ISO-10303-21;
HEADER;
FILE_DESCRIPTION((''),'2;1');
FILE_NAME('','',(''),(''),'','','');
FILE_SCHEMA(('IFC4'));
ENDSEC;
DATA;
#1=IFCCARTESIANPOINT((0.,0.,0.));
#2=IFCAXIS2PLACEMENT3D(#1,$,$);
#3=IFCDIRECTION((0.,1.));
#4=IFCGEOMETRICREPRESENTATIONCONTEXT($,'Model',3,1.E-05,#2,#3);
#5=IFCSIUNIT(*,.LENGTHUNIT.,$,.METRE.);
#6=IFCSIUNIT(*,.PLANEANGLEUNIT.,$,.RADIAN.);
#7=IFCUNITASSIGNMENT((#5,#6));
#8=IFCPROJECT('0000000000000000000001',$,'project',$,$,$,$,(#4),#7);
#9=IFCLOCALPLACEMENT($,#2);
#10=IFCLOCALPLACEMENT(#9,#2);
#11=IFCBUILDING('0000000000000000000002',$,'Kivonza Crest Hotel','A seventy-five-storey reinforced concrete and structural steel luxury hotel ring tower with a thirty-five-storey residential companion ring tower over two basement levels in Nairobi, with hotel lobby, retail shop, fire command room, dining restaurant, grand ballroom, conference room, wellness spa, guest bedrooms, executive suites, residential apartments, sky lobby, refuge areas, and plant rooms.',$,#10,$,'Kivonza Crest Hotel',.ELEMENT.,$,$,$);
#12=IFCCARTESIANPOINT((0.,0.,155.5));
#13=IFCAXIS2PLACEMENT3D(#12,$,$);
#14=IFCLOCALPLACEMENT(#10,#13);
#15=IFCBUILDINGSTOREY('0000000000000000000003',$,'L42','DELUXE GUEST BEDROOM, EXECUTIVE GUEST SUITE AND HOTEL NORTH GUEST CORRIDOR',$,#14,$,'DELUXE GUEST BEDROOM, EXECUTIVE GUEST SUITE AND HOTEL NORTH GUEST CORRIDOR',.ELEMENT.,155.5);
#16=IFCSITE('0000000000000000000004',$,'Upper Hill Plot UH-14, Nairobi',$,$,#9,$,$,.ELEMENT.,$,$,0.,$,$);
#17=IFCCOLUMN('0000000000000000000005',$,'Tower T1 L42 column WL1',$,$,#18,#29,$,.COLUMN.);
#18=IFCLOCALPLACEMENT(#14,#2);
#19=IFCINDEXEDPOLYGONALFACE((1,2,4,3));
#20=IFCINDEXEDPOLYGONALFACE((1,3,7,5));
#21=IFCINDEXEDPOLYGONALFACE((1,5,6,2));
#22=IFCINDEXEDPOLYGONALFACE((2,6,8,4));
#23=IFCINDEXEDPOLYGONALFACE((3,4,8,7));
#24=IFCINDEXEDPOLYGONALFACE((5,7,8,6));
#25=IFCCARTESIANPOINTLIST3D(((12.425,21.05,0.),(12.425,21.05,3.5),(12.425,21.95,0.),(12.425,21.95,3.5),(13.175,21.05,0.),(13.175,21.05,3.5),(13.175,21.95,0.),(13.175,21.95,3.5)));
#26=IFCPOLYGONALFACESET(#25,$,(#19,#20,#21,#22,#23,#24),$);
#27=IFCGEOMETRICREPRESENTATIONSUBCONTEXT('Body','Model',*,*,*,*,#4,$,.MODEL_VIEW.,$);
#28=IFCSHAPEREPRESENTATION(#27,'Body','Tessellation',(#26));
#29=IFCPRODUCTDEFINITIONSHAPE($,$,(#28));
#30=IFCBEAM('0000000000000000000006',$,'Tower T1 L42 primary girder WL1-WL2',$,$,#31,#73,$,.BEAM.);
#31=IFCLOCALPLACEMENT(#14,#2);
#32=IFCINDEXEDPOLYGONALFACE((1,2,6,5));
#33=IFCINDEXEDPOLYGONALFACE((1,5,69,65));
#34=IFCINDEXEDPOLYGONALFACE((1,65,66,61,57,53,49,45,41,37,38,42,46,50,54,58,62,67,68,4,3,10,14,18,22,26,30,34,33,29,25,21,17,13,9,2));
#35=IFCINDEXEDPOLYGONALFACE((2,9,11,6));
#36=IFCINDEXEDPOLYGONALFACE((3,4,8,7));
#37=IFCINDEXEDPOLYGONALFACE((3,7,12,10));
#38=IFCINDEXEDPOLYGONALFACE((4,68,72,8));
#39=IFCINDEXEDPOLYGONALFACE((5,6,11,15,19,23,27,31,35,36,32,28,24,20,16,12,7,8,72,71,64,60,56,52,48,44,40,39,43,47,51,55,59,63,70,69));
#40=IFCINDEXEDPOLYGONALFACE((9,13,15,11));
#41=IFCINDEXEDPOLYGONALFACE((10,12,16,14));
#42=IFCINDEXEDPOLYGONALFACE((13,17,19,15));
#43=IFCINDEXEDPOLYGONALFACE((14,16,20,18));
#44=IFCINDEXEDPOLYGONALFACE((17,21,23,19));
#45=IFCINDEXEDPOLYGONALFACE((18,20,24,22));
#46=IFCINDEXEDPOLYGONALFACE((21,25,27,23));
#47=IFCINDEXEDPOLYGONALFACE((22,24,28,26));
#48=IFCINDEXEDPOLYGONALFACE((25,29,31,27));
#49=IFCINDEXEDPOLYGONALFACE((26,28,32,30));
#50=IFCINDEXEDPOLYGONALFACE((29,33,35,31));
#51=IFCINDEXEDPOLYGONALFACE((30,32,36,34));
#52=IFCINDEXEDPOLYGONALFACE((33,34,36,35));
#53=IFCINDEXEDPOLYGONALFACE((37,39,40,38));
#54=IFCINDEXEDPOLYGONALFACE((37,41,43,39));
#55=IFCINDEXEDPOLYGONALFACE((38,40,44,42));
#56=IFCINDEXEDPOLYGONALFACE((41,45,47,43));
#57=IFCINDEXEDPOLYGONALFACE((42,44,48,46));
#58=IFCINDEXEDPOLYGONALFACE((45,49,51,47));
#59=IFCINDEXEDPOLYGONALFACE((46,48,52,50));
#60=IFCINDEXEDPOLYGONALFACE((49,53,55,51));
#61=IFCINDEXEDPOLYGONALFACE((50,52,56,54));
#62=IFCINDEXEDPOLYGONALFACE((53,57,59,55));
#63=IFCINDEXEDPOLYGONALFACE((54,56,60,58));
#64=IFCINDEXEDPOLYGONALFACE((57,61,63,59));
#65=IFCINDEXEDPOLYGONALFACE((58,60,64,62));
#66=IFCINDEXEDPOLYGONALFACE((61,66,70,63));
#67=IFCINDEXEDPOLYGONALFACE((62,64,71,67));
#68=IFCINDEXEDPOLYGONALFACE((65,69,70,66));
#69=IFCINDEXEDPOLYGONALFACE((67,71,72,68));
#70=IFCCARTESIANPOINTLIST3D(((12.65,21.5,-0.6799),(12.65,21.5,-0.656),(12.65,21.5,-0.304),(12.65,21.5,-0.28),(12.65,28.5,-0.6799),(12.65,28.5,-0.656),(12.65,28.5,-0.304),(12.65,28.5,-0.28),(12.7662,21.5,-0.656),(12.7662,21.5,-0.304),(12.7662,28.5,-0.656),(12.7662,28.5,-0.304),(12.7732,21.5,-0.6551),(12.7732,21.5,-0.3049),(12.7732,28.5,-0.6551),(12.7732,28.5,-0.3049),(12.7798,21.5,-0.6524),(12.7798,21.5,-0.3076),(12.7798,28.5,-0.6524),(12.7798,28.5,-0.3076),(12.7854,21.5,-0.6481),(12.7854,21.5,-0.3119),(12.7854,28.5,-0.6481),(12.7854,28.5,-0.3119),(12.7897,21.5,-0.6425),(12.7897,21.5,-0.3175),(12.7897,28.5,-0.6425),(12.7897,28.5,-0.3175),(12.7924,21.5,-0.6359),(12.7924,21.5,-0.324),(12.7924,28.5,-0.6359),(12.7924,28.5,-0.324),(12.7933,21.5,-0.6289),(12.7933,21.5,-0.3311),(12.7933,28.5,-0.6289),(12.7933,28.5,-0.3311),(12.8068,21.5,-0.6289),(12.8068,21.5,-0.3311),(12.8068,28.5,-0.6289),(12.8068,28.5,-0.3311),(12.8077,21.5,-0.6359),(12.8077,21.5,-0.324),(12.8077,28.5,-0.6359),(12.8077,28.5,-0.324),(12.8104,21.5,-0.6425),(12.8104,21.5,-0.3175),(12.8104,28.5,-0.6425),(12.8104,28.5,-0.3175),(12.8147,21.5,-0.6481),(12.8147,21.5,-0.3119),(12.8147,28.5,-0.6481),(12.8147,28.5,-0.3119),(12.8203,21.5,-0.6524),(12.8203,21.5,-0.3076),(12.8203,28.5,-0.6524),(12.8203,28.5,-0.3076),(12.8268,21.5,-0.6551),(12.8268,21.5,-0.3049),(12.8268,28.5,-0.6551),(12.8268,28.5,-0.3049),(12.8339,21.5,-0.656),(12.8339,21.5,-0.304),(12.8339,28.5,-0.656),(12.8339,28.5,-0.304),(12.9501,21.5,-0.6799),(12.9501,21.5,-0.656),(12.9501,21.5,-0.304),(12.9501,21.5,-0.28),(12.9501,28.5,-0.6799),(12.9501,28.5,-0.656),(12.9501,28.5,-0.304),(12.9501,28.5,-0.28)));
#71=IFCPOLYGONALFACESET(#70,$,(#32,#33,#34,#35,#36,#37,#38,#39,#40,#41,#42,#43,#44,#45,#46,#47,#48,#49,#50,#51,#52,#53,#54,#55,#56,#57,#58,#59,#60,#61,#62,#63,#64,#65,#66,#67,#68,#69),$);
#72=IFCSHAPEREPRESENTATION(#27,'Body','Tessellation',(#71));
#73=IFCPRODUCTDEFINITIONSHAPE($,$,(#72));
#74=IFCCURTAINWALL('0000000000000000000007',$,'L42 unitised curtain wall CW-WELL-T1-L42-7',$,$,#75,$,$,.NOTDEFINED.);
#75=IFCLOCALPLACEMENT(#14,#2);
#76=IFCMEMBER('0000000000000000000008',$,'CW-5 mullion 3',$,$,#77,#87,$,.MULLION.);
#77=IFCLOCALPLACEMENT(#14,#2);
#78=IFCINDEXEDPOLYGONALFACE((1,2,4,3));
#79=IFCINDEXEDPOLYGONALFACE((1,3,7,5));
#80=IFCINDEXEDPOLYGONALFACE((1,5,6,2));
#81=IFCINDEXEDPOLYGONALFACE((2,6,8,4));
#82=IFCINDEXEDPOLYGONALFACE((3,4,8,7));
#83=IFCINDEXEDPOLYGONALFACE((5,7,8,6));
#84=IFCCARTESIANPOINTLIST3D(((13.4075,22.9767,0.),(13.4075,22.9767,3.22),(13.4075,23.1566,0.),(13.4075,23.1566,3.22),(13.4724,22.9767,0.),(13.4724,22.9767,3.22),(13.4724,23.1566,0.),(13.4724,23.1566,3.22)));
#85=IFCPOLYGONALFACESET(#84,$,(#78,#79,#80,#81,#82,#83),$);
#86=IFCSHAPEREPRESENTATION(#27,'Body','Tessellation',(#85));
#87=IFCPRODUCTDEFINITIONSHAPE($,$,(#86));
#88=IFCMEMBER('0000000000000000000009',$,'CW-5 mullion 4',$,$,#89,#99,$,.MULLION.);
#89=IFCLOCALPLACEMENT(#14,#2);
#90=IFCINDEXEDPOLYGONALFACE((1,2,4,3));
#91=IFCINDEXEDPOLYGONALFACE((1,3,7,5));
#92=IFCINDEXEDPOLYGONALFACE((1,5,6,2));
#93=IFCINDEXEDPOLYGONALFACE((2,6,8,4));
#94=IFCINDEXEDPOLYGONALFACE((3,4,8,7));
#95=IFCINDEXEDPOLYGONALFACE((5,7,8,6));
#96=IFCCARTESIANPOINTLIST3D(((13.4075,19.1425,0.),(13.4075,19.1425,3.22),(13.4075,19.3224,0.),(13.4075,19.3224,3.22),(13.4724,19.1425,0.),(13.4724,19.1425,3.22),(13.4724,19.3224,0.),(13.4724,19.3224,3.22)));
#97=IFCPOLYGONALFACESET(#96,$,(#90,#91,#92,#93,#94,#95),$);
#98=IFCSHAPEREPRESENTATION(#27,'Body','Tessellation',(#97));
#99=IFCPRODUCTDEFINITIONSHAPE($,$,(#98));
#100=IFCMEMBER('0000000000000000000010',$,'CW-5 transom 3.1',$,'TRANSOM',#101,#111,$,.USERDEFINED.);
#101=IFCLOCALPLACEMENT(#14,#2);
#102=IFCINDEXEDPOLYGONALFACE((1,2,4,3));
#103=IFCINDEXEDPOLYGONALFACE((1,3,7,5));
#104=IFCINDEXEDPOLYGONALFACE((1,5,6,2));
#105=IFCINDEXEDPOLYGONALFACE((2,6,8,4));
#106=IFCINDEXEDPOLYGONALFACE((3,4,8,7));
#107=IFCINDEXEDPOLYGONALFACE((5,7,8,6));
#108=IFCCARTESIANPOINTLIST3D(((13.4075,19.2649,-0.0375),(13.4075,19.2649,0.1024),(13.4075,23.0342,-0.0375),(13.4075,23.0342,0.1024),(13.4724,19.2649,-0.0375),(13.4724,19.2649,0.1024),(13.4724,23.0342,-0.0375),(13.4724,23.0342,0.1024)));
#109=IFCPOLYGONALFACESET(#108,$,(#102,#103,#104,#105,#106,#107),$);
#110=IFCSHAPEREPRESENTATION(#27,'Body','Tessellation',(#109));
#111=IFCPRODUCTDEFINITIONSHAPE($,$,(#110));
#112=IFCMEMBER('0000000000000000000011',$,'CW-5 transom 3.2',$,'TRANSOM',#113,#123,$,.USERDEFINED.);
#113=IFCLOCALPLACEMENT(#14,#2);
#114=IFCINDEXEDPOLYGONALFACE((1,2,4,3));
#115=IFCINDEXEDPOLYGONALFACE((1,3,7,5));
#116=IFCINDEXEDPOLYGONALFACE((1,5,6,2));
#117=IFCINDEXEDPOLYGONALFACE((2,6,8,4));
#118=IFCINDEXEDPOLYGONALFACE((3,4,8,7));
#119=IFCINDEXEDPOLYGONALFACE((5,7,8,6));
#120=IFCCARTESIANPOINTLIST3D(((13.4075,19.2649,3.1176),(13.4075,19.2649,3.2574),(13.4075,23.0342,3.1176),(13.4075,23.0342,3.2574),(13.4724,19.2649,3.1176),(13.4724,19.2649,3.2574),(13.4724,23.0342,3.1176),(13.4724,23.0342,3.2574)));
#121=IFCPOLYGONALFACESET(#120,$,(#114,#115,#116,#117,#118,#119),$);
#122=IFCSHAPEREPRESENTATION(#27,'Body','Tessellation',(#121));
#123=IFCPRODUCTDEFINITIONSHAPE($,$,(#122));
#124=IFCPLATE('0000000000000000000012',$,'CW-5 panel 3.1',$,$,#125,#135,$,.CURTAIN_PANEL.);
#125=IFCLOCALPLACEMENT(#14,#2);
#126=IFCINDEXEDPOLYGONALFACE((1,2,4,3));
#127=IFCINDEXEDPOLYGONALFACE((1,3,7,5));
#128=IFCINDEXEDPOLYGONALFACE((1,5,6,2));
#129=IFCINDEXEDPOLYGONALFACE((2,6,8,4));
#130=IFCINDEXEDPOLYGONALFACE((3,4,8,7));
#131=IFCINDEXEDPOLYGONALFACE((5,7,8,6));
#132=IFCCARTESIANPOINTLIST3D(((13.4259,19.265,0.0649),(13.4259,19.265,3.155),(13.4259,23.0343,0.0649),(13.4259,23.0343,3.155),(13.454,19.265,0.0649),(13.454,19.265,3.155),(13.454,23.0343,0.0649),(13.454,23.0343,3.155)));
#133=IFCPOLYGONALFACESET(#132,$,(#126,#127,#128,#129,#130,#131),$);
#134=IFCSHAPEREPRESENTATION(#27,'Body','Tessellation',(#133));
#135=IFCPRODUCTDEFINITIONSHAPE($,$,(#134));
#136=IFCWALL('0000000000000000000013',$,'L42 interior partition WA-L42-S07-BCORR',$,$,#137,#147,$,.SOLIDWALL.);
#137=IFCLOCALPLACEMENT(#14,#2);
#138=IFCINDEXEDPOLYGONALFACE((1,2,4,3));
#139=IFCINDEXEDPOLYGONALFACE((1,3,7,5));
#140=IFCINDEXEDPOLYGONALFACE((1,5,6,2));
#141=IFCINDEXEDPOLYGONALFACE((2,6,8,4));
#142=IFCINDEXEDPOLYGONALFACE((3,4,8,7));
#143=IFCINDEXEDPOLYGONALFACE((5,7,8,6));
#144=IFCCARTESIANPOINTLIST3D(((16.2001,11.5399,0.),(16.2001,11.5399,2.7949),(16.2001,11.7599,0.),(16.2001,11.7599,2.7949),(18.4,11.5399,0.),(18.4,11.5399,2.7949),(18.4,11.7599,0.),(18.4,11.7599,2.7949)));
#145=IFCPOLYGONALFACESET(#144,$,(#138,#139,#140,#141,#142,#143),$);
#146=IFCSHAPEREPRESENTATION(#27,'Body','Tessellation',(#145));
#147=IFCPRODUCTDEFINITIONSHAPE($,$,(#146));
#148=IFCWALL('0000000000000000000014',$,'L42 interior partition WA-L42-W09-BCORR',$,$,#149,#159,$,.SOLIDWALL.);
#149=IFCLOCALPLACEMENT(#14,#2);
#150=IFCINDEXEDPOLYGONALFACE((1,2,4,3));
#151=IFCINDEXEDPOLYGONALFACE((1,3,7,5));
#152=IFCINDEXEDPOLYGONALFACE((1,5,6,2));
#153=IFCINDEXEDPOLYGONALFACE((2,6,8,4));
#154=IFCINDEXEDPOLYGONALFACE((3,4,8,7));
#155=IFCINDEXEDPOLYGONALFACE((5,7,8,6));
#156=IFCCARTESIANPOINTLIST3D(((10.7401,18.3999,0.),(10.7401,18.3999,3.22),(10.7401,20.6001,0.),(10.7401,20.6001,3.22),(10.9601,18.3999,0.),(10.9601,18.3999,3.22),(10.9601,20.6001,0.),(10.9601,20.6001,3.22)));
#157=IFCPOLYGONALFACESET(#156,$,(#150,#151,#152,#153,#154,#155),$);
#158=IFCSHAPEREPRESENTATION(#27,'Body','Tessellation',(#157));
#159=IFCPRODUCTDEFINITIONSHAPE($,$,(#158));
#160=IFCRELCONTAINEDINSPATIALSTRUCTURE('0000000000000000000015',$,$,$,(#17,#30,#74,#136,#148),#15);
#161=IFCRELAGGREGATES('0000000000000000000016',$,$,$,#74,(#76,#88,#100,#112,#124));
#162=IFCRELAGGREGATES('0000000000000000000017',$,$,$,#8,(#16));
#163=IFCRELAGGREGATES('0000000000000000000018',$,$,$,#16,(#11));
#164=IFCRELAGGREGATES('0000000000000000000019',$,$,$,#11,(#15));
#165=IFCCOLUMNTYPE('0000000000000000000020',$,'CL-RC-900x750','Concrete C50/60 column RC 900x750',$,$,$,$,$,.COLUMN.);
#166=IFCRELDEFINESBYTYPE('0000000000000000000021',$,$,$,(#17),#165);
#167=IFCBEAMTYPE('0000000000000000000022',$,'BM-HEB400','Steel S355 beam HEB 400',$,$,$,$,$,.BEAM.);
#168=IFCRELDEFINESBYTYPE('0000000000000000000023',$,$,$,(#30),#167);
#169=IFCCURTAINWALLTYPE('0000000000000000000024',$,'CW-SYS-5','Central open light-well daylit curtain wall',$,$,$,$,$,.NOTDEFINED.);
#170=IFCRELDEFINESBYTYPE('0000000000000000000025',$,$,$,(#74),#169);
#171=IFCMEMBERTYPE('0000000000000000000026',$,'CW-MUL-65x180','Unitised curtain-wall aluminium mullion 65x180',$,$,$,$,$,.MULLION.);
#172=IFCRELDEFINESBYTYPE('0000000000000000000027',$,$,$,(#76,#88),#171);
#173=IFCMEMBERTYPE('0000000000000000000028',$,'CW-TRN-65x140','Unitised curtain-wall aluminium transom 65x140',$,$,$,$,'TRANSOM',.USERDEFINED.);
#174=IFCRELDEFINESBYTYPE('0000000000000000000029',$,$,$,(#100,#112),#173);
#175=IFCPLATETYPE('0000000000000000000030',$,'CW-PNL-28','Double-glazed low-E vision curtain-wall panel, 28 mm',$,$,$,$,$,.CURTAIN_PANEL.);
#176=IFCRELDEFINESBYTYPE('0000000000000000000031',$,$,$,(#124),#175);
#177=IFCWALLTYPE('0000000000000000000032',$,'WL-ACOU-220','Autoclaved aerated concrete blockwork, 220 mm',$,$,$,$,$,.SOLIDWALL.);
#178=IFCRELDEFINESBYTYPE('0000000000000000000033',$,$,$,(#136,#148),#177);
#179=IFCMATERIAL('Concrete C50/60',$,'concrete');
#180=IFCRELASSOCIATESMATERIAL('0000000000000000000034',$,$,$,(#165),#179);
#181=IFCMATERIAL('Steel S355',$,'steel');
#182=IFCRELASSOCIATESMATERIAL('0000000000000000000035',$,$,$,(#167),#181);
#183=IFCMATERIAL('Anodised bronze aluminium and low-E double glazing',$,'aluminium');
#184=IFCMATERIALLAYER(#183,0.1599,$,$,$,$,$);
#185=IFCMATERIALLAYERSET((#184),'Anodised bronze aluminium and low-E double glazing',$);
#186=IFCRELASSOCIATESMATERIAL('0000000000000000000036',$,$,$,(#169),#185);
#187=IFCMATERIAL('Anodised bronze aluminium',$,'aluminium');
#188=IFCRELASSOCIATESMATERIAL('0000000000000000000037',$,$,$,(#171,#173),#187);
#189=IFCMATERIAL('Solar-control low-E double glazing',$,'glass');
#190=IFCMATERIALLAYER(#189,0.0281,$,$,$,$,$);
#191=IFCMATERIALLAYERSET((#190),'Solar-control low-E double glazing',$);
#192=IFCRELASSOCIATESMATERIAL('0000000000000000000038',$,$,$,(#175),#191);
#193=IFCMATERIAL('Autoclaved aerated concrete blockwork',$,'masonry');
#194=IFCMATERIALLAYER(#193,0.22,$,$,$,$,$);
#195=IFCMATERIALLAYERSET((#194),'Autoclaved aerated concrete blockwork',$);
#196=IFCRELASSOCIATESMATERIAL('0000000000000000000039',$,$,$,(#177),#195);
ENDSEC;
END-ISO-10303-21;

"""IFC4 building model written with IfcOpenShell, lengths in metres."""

from ifc_helpers import new_model, si_unit, direction, frame, frame_2d, origin, origin_2d, place, context, subcontext, project, spatial, rectangle, i_section, extrude, material, layer, layer_set, material_profile, profile_set, type_object, element, aggregate, save


model = new_model("IFC4")

# Units and contexts
model_context = context("Model", 3, precision=1e-05, world=origin(), true_north=direction((0.0, 1.0)))
body_context = subcontext(model_context, "Body", "Model", "MODEL_VIEW")
ifc_project = project(units=[si_unit("LENGTHUNIT", "METRE"), si_unit("PLANEANGLEUNIT", "RADIAN")], contexts=[model_context])

# Site, building, storey
site_placement = place(None, origin())
site = spatial("IfcSite", under=ifc_project, at=site_placement, Name="Upper Hill Plot UH-14, Nairobi", CompositionType="ELEMENT", RefElevation=0.0)
building_placement = place(site_placement, origin())
building = spatial("IfcBuilding", under=site, at=building_placement, Name="Kivonza Crest Hotel", Description="A seventy-five-storey reinforced concrete and structural steel luxury hotel ring tower with a thirty-five-storey residential companion ring tower over two basement levels in Nairobi, with hotel lobby, retail shop, fire command room, dining restaurant, grand ballroom, conference room, wellness spa, guest bedrooms, executive suites, residential apartments, sky lobby, refuge areas, and plant rooms.", LongName="Kivonza Crest Hotel", CompositionType="ELEMENT")
storey_placement = place(building_placement, frame((0.0, 0.0, 155.5)))
storey = spatial("IfcBuildingStorey", under=building, at=storey_placement, Name="L42", Description="DELUXE GUEST BEDROOM, EXECUTIVE GUEST SUITE AND HOTEL NORTH GUEST CORRIDOR", LongName="DELUXE GUEST BEDROOM, EXECUTIVE GUEST SUITE AND HOTEL NORTH GUEST CORRIDOR", CompositionType="ELEMENT", Elevation=155.5)

# Column
ifc_material_1 = material(Name="Concrete C50/60", Category="concrete")
ifc_material_profile_1 = material_profile(ifc_material_1, rectangle(XDim=0.75, YDim=0.8999, at=origin_2d()), Name="RC 900x750")
ifc_profile_set_1 = profile_set([ifc_material_profile_1], Name="Concrete C50/60")
column_type = type_object("IfcColumnType", Name="CL-RC-900x750", Description="Concrete C50/60 column RC 900x750", PredefinedType="COLUMN", material=ifc_profile_set_1)
column_placement = place(storey_placement, frame((12.8, 21.5, 0.0), z_axis=(0.0, 0.0, 1.0), x_axis=(1.0, 0.0, 0.0)))
element("IfcColumn", 1, at=column_placement, inside=storey, type_object=column_type, Name="Tower T1 L42 column WL1", PredefinedType="COLUMN", context=body_context, shape_type="SweptSolid", body=[
    extrude(rectangle(XDim=0.75, YDim=0.8999, at=origin_2d()), origin(), (0.0, 0.0, 1.0), 3.5),
])

# Beam
ifc_material_2 = material(Name="Steel S355", Category="steel")
ifc_material_profile_2 = material_profile(ifc_material_2, i_section(OverallWidth=0.3, OverallDepth=0.3999, WebThickness=0.0134, FlangeThickness=0.0239, FilletRadius=0.0271, at=origin_2d()), Name="HEB 400")
ifc_profile_set_2 = profile_set([ifc_material_profile_2], Name="Steel S355")
beam_type = type_object("IfcBeamType", Name="BM-HEB400", Description="Steel S355 beam HEB 400", PredefinedType="BEAM", material=ifc_profile_set_2)
beam_placement = place(storey_placement, frame((12.8, 21.5, -0.48), z_axis=(0.0, 1.0, 0.0), x_axis=(-1.0, 0.0, 0.0)))
element("IfcBeam", 2, at=beam_placement, inside=storey, type_object=beam_type, Name="Tower T1 L42 primary girder WL1-WL2", PredefinedType="BEAM", context=body_context, shape_type="SweptSolid", body=[
    extrude(i_section(OverallWidth=0.3, OverallDepth=0.3999, WebThickness=0.0134, FlangeThickness=0.0239, FilletRadius=0.0271, at=origin_2d()), origin(), (0.0, 0.0, 1.0), 7.0),
])

# Curtain wall, members, plate
ifc_material_3 = material(Name="Anodised bronze aluminium and low-E double glazing", Category="aluminium")
ifc_layer_1 = layer(ifc_material_3, 0.1599)
ifc_layer_set_1 = layer_set([ifc_layer_1], Name="Anodised bronze aluminium and low-E double glazing")
curtain_wall_type = type_object("IfcCurtainWallType", Name="CW-SYS-5", Description="Central open light-well daylit curtain wall", PredefinedType="NOTDEFINED", material=ifc_layer_set_1)
curtain_wall_placement = place(storey_placement, origin())
curtain_wall = element("IfcCurtainWall", 3, at=curtain_wall_placement, inside=storey, type_object=curtain_wall_type, Name="L42 unitised curtain wall CW-WELL-T1-L42-7", PredefinedType="NOTDEFINED")
ifc_material_4 = material(Name="Anodised bronze aluminium", Category="aluminium")
ifc_material_profile_3 = material_profile(ifc_material_4, rectangle(XDim=0.0649, YDim=0.1799, at=origin_2d()), Name="CW-M 65x180")
ifc_profile_set_3 = profile_set([ifc_material_profile_3], Name="Anodised bronze aluminium")
member_type_1 = type_object("IfcMemberType", Name="CW-MUL-65x180", Description="Unitised curtain-wall aluminium mullion 65x180", PredefinedType="MULLION", material=ifc_profile_set_3)
member_1_placement = place(storey_placement, frame((13.4399, 23.0667, 0.0), z_axis=(0.0, 0.0, 1.0), x_axis=(1.0, 0.0, 0.0)))
member_1 = element("IfcMember", 4, at=member_1_placement, type_object=member_type_1, Name="CW-5 mullion 3", PredefinedType="MULLION", context=body_context, shape_type="SweptSolid", body=[
    extrude(rectangle(XDim=0.0649, YDim=0.1799, at=origin_2d()), origin(), (0.0, 0.0, 1.0), 3.22),
])
member_2_placement = place(storey_placement, frame((13.4399, 19.2324, 0.0), z_axis=(0.0, 0.0, 1.0), x_axis=(1.0, 0.0, 0.0)))
member_2 = element("IfcMember", 5, at=member_2_placement, type_object=member_type_1, Name="CW-5 mullion 4", PredefinedType="MULLION", context=body_context, shape_type="SweptSolid", body=[
    extrude(rectangle(XDim=0.0649, YDim=0.1799, at=origin_2d()), origin(), (0.0, 0.0, 1.0), 3.22),
])
ifc_material_profile_4 = material_profile(ifc_material_4, rectangle(XDim=0.0649, YDim=0.1399, at=origin_2d()), Name="CW-T 65x140")
ifc_profile_set_4 = profile_set([ifc_material_profile_4], Name="Anodised bronze aluminium")
member_type_2 = type_object("IfcMemberType", Name="CW-TRN-65x140", Description="Unitised curtain-wall aluminium transom 65x140", ElementType="TRANSOM", PredefinedType="USERDEFINED", material=ifc_profile_set_4)
member_3_placement = place(storey_placement, frame((13.4399, 23.0342, 0.0325), z_axis=(0.0, -1.0, 0.0), x_axis=(1.0, 0.0, 0.0)))
member_3 = element("IfcMember", 6, at=member_3_placement, type_object=member_type_2, Name="CW-5 transom 3.1", ObjectType="TRANSOM", PredefinedType="USERDEFINED", context=body_context, shape_type="SweptSolid", body=[
    extrude(rectangle(XDim=0.0649, YDim=0.1399, at=origin_2d()), origin(), (0.0, 0.0, 1.0), 3.7693),
])
member_4_placement = place(storey_placement, frame((13.4399, 23.0342, 3.1875), z_axis=(0.0, -1.0, 0.0), x_axis=(1.0, 0.0, 0.0)))
member_4 = element("IfcMember", 7, at=member_4_placement, type_object=member_type_2, Name="CW-5 transom 3.2", ObjectType="TRANSOM", PredefinedType="USERDEFINED", context=body_context, shape_type="SweptSolid", body=[
    extrude(rectangle(XDim=0.0649, YDim=0.1399, at=origin_2d()), origin(), (0.0, 0.0, 1.0), 3.7693),
])
ifc_material_5 = material(Name="Solar-control low-E double glazing", Category="glass")
ifc_layer_2 = layer(ifc_material_5, 0.0281)
ifc_layer_set_2 = layer_set([ifc_layer_2], Name="Solar-control low-E double glazing")
plate_type = type_object("IfcPlateType", Name="CW-PNL-28", Description="Double-glazed low-E vision curtain-wall panel, 28 mm", PredefinedType="CURTAIN_PANEL", material=ifc_layer_set_2)
plate_placement = place(storey_placement, frame((13.4399, 21.1497, 0.0649), z_axis=(0.0, 0.0, 1.0), x_axis=(0.0, -1.0, 0.0)))
plate = element("IfcPlate", 8, at=plate_placement, type_object=plate_type, Name="CW-5 panel 3.1", PredefinedType="CURTAIN_PANEL", context=body_context, shape_type="SweptSolid", body=[
    extrude(rectangle(XDim=3.7693, YDim=0.0281, at=origin_2d()), origin(), (0.0, 0.0, 1.0), 3.0901),
])
aggregate(curtain_wall, [member_1, member_2, member_3, member_4, plate])

# Walls
ifc_material_6 = material(Name="Autoclaved aerated concrete blockwork", Category="masonry")
ifc_layer_3 = layer(ifc_material_6, 0.22)
ifc_layer_set_3 = layer_set([ifc_layer_3], Name="Autoclaved aerated concrete blockwork")
wall_type_1 = type_object("IfcWallType", Name="WL-ACOU-220", Description="Autoclaved aerated concrete blockwork, 220 mm", PredefinedType="SOLIDWALL", material=ifc_layer_set_3)
wall_1_placement = place(storey_placement, frame((16.2, 11.6499, 0.0), z_axis=(0.0, 0.0, 1.0), x_axis=(1.0, 0.0, 0.0)))
element("IfcWall", 9, at=wall_1_placement, inside=storey, type_object=wall_type_1, Name="L42 interior partition WA-L42-S07-BCORR", PredefinedType="SOLIDWALL", context=body_context, shape_type="SweptSolid", body=[
    extrude(rectangle(XDim=2.2, YDim=0.22, at=frame_2d((1.1001, 0.0))), origin(), (0.0, 0.0, 1.0), 2.7949),
])
wall_2_placement = place(storey_placement, frame((10.8501, 18.3999, 0.0), z_axis=(0.0, 0.0, 1.0), x_axis=(0.0, 1.0, 0.0)))
element("IfcWall", 10, at=wall_2_placement, inside=storey, type_object=wall_type_1, Name="L42 interior partition WA-L42-W09-BCORR", PredefinedType="SOLIDWALL", context=body_context, shape_type="SweptSolid", body=[
    extrude(rectangle(XDim=2.2002, YDim=0.22, at=frame_2d((1.1001, 0.0))), origin(), (0.0, 0.0, 1.0), 3.22),
])

save(model, "model.ifc")
